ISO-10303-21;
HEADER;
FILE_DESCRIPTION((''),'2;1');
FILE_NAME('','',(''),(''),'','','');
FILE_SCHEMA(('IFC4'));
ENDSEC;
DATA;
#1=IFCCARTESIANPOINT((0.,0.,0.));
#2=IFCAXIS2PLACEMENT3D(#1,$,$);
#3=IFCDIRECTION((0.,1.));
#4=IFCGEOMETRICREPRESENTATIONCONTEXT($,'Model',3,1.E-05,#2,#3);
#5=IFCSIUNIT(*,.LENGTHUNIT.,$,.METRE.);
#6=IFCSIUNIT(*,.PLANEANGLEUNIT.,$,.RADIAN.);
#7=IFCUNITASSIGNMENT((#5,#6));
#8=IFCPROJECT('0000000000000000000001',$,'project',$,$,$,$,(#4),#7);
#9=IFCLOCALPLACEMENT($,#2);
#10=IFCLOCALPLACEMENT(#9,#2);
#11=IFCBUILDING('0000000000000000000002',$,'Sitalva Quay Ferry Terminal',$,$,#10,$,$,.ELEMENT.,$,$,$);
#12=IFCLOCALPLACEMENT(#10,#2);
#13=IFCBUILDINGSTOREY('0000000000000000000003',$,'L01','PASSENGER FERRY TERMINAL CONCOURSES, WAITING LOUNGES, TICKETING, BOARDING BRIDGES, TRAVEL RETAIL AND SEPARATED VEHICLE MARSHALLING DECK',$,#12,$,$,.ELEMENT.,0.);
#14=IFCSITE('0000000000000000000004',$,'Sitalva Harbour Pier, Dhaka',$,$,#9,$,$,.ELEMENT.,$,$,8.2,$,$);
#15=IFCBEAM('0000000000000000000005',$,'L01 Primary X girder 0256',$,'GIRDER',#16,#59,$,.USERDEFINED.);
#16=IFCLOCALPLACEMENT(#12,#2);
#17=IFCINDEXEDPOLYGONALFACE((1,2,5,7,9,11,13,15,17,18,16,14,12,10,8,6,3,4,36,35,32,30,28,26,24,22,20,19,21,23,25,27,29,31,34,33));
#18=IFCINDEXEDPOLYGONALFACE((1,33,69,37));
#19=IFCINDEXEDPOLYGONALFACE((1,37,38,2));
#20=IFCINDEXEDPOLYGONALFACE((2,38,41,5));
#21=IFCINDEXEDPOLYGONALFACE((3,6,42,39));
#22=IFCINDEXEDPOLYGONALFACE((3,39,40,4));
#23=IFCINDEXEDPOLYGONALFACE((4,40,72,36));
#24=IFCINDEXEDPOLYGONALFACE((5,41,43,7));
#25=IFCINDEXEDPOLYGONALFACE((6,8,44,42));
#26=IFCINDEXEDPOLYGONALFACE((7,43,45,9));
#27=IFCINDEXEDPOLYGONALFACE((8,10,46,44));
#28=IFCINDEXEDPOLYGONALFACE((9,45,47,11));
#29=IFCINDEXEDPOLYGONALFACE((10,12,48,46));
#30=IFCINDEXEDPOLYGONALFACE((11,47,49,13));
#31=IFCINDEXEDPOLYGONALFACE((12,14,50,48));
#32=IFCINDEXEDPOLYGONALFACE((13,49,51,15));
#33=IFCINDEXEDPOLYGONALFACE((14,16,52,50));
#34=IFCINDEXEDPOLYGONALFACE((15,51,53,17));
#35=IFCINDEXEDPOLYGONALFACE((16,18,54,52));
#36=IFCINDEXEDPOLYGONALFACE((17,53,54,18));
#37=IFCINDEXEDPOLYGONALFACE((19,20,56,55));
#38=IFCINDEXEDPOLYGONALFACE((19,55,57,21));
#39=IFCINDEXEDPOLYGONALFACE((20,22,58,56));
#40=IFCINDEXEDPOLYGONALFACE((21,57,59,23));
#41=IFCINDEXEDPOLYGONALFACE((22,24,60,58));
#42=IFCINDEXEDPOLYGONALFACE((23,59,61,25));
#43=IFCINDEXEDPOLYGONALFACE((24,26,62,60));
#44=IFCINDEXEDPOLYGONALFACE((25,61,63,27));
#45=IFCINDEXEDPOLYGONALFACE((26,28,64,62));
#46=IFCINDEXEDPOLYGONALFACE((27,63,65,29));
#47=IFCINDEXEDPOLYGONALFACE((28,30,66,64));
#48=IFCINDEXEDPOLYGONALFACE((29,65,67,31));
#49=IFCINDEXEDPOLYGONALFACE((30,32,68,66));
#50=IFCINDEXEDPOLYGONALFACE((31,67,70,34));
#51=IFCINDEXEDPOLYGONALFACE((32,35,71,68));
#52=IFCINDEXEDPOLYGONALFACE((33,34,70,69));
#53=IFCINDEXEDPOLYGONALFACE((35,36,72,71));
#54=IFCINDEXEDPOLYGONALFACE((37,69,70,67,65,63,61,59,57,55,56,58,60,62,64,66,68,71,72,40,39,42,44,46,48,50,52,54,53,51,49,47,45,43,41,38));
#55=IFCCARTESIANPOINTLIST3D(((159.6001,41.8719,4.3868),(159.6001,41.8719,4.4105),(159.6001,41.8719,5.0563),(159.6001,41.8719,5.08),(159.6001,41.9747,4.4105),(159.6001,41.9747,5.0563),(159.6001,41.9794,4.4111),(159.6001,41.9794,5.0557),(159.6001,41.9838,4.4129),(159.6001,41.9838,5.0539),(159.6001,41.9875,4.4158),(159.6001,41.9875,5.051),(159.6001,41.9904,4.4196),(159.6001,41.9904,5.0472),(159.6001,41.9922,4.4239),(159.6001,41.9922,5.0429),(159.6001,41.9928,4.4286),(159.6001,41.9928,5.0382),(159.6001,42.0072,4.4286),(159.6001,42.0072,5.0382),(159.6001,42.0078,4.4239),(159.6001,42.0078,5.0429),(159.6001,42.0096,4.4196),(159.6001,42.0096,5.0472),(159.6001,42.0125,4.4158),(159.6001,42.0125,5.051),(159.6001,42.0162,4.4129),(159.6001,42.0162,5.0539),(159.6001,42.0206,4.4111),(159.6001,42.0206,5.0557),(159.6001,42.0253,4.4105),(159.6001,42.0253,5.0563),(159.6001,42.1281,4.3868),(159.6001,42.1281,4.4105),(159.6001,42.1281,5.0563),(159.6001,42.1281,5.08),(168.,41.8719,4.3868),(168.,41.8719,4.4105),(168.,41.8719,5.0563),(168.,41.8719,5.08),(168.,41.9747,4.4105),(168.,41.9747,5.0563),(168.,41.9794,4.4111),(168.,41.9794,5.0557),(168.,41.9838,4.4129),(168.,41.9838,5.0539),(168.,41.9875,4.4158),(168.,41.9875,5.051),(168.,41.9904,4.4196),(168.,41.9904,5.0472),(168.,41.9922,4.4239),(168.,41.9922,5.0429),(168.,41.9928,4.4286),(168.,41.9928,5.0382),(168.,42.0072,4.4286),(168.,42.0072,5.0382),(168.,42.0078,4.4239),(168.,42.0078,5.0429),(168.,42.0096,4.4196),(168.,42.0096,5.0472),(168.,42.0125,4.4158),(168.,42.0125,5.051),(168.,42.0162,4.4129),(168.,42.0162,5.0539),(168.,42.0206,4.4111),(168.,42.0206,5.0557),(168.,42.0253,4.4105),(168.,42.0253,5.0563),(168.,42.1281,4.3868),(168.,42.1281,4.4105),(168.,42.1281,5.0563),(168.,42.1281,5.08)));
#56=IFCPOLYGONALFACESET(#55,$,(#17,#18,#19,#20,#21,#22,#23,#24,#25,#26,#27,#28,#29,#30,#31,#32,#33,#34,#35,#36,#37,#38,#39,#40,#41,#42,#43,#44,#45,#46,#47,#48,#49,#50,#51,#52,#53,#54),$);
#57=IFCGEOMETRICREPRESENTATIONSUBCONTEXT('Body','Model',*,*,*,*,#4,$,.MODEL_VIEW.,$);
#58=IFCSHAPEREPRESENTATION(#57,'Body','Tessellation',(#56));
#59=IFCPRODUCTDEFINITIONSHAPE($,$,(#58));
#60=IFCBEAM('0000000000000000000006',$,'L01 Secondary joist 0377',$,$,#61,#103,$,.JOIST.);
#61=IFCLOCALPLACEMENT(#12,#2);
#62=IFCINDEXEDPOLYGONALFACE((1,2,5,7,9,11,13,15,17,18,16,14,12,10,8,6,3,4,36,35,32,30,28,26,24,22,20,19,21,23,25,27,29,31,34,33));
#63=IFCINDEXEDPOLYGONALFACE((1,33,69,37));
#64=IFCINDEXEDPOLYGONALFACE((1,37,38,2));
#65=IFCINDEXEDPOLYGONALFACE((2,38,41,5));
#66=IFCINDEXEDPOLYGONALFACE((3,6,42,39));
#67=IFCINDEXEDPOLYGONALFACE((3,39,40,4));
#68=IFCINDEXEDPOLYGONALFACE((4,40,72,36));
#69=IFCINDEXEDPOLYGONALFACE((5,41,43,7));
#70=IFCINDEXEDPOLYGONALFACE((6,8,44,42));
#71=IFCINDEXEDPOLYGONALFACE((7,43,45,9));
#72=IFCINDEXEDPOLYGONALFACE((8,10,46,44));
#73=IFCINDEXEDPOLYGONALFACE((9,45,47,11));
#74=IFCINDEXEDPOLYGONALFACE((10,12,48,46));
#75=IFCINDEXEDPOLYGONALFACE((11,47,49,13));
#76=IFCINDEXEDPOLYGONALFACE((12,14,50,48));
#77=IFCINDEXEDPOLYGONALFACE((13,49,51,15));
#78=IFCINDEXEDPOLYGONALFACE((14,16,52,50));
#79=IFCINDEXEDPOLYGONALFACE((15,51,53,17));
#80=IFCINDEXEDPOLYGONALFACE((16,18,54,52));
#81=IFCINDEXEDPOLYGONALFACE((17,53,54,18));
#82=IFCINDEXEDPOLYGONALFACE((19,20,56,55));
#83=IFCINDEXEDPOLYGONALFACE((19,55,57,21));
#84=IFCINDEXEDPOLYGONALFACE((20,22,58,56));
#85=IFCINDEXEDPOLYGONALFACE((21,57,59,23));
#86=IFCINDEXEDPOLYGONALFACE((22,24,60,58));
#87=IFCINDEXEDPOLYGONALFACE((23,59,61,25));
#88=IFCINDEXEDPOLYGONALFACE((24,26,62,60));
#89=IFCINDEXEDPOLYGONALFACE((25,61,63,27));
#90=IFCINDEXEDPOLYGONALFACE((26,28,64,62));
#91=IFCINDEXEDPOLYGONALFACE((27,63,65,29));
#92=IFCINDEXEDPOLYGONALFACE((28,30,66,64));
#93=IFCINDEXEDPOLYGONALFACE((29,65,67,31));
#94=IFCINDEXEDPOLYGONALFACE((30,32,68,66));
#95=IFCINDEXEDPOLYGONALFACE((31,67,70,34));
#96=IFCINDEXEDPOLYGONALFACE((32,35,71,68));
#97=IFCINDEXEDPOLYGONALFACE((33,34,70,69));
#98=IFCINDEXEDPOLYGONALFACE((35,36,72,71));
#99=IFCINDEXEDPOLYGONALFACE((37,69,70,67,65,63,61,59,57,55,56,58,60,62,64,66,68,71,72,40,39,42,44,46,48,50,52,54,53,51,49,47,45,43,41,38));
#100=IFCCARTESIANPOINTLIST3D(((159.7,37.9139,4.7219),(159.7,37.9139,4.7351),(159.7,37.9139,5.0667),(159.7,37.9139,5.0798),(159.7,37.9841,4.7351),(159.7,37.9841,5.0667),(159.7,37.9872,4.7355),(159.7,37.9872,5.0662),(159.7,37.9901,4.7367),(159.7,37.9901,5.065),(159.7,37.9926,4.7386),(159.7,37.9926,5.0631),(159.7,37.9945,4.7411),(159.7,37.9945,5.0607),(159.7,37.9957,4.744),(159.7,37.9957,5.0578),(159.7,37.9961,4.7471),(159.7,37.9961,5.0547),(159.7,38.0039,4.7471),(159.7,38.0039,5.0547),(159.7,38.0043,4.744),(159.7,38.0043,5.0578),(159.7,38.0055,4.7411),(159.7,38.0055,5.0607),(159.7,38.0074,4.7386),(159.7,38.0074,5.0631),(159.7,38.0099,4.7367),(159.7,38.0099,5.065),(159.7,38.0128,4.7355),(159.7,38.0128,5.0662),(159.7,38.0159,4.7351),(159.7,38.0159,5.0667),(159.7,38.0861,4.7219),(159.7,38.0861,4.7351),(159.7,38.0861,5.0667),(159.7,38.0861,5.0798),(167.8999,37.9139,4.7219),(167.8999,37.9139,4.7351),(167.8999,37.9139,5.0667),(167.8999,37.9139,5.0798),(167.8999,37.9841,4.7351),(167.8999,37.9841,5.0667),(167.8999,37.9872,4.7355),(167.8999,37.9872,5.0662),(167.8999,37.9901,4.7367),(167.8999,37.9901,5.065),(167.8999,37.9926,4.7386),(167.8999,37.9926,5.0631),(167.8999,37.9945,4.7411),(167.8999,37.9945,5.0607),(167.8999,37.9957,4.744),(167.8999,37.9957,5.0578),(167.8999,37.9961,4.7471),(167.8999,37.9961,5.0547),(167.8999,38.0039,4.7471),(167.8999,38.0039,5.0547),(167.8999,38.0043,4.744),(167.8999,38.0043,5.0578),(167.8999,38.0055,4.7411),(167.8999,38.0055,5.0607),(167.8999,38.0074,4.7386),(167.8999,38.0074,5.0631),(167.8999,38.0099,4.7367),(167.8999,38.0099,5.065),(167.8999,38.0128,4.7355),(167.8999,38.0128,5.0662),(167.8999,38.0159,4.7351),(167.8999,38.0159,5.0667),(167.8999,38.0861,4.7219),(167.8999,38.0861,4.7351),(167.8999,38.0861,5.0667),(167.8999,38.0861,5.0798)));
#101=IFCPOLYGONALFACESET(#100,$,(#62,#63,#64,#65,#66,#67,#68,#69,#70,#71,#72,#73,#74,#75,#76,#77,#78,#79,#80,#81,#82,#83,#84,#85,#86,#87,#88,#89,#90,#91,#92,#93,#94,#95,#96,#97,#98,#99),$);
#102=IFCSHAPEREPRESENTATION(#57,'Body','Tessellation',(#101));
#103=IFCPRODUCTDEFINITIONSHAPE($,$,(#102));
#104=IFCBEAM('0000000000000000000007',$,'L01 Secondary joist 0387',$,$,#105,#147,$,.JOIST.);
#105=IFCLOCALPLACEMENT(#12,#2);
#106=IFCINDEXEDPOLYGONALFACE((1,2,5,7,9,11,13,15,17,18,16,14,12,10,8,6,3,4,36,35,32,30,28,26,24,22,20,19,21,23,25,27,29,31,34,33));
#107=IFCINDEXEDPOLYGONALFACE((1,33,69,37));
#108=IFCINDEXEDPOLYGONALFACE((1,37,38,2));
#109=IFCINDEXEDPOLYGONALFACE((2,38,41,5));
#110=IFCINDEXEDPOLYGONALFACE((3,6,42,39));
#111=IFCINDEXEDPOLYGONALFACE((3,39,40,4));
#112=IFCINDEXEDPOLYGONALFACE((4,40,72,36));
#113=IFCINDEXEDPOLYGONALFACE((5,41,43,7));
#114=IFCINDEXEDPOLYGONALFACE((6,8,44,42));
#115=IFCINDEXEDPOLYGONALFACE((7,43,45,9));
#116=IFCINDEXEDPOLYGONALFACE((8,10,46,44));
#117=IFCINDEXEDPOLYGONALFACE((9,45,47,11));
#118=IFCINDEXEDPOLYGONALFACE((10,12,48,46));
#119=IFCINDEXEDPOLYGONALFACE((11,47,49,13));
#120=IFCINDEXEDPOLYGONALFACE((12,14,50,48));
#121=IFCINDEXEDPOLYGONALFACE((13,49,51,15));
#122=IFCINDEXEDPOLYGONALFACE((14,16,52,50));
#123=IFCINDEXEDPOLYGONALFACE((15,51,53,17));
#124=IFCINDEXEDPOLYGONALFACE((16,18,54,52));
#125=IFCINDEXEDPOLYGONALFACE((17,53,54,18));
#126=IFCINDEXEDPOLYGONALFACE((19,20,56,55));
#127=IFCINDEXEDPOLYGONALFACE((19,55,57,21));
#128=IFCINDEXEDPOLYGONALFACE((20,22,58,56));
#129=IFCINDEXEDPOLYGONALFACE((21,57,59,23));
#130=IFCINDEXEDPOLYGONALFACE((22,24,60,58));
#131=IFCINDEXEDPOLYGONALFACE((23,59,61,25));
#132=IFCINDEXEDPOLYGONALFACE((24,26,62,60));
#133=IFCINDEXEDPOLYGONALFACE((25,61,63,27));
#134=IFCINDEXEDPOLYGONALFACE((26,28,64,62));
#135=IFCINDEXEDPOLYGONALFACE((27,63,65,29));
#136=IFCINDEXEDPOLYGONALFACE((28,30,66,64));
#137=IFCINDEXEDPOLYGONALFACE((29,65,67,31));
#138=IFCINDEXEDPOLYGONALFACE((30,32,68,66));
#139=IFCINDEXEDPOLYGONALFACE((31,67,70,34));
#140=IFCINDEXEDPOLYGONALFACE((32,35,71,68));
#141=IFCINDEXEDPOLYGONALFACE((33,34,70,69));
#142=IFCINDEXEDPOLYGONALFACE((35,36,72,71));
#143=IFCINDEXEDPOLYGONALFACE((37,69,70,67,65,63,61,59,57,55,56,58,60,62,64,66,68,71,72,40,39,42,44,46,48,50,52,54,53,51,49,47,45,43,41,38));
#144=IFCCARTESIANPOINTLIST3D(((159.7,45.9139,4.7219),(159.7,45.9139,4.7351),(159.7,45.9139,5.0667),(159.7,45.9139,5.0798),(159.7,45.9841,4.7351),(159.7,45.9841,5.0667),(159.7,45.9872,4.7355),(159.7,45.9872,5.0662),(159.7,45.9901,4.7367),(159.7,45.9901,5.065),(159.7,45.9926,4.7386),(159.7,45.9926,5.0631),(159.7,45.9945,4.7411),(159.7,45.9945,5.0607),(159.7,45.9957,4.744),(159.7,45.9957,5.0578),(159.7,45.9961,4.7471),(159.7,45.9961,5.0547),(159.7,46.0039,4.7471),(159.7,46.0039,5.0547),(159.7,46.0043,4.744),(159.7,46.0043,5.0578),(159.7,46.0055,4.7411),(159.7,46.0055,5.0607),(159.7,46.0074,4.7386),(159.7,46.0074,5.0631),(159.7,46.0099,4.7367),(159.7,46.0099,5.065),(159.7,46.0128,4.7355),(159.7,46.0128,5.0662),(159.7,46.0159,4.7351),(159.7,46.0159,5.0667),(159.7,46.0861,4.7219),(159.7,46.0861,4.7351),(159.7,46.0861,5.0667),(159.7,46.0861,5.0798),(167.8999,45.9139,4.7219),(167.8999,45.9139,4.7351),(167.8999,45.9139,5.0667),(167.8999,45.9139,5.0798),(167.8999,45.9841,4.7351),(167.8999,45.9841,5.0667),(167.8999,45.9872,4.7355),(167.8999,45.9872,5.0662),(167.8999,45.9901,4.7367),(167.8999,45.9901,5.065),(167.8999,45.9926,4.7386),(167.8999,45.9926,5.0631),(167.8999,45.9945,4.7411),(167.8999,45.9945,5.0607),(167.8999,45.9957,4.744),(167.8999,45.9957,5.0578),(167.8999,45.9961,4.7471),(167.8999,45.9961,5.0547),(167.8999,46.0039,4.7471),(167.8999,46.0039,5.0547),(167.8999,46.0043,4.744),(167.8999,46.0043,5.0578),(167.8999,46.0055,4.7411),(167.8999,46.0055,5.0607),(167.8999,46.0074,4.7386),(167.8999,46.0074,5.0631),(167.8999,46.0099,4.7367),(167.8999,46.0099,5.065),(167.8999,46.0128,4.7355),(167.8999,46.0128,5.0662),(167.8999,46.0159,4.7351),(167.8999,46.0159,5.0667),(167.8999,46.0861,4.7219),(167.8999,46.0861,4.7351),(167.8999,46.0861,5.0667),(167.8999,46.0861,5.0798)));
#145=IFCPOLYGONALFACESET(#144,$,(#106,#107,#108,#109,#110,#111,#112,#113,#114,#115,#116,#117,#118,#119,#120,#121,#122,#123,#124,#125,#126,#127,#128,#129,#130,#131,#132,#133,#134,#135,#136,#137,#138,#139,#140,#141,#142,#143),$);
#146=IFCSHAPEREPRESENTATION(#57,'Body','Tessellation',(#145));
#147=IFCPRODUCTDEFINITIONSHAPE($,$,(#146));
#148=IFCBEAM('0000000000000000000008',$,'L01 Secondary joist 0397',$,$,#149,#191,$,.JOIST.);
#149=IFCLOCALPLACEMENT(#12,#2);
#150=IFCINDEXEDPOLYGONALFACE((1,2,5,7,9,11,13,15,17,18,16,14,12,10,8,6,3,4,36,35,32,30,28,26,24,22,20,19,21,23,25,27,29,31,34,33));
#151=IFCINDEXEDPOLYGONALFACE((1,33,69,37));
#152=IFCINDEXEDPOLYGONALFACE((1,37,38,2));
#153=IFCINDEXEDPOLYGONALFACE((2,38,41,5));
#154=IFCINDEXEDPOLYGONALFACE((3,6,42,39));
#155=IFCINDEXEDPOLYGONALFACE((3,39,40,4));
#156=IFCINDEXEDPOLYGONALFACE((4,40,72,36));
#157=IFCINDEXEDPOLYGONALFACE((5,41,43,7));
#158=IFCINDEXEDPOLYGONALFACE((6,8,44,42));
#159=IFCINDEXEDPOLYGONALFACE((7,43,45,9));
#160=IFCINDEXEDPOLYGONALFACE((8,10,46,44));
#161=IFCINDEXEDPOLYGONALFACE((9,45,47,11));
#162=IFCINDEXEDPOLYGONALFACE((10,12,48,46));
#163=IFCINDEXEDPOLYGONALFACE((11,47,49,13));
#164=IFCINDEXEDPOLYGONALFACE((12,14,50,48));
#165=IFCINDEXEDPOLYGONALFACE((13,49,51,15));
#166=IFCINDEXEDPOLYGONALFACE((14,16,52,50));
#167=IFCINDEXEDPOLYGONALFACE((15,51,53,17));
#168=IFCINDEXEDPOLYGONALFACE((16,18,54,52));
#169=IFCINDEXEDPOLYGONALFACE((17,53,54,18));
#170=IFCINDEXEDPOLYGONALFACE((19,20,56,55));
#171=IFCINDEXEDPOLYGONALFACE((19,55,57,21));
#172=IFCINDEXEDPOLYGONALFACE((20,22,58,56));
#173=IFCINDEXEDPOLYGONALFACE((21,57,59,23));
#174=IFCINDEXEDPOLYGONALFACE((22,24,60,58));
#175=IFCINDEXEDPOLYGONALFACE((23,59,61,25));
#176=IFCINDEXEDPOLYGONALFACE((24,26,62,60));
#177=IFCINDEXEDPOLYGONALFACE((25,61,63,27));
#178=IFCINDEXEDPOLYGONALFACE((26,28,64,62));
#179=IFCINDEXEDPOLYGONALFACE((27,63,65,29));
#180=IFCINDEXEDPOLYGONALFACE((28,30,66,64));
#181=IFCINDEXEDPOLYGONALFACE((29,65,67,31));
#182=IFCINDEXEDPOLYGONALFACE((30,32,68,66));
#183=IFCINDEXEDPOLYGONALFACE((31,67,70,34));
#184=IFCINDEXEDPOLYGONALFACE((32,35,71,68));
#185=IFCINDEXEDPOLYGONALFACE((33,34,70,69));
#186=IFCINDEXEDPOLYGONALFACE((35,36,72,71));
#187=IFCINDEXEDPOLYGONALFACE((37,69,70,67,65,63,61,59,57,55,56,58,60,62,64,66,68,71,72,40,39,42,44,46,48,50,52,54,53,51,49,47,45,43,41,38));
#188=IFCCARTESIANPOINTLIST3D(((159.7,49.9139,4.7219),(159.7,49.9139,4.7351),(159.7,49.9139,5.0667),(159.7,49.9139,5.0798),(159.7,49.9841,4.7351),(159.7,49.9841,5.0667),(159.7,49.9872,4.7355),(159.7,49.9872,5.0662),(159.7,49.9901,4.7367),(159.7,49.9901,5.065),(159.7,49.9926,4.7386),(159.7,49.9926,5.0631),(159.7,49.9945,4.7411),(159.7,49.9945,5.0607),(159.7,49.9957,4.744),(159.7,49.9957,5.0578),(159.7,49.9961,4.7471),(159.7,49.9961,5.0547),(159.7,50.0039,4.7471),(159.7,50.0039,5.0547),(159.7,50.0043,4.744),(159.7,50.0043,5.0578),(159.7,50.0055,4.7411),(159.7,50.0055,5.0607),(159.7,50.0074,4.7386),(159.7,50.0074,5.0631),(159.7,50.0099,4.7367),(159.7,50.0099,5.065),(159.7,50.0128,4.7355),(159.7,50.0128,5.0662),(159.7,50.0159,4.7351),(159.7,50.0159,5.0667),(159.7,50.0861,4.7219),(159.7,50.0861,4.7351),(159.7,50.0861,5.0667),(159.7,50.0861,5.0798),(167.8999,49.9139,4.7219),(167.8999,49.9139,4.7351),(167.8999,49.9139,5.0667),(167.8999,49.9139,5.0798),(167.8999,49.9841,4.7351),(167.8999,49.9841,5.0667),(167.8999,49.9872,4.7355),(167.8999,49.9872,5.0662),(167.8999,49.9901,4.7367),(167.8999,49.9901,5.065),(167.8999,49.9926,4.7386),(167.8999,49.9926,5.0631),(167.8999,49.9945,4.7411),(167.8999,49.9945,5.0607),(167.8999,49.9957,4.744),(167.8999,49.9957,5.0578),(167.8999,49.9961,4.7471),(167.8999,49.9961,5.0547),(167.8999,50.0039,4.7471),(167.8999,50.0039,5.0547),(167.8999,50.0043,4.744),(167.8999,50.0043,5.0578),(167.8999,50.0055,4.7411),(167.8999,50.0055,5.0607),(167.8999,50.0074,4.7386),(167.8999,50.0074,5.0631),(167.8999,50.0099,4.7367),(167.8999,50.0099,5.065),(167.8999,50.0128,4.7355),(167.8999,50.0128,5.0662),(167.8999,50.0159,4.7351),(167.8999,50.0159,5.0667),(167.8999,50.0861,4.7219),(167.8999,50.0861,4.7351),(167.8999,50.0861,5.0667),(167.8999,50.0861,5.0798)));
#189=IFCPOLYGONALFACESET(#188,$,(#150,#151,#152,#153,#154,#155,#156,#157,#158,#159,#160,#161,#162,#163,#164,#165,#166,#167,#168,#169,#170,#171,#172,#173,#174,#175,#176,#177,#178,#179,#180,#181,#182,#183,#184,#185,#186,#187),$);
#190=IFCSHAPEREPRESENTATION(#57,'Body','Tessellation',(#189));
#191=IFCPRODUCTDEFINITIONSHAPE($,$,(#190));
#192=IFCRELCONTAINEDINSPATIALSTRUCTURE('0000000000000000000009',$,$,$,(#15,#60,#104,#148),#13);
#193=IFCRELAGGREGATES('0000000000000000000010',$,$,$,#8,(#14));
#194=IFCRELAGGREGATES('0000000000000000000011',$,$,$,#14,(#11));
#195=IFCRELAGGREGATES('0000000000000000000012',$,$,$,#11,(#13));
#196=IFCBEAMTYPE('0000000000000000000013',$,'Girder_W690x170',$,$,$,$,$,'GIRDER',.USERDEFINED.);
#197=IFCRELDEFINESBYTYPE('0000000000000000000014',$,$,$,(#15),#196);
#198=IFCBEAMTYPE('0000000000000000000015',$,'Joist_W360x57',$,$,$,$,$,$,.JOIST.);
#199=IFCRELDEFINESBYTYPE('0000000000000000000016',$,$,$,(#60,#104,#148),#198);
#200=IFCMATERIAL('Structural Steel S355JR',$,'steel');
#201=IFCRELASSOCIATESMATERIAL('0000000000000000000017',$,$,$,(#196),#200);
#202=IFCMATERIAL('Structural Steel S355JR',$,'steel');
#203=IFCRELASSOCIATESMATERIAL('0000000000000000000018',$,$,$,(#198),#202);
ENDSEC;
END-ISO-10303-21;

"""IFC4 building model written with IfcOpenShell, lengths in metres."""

from ifc_helpers import new_model, si_unit, direction, frame, origin, origin_2d, place, context, subcontext, project, spatial, i_section, extrude, material, material_profile, profile_set, type_object, element, save


model = new_model("IFC4")

# Units and contexts
model_context = context("Model", 3, precision=1e-05, world=origin(), true_north=direction((0.0, 1.0)))
body_context = subcontext(model_context, "Body", "Model", "MODEL_VIEW")
ifc_project = project(units=[si_unit("LENGTHUNIT", "METRE"), si_unit("PLANEANGLEUNIT", "RADIAN")], contexts=[model_context])

# Site, building, storey
site_placement = place(None, origin())
site = spatial("IfcSite", under=ifc_project, at=site_placement, Name="Sitalva Harbour Pier, Dhaka", CompositionType="ELEMENT", RefElevation=8.2)
building_placement = place(site_placement, origin())
building = spatial("IfcBuilding", under=site, at=building_placement, Name="Sitalva Quay Ferry Terminal", CompositionType="ELEMENT")
storey_placement = place(building_placement, origin())
storey = spatial("IfcBuildingStorey", under=building, at=storey_placement, Name="L01", Description="PASSENGER FERRY TERMINAL CONCOURSES, WAITING LOUNGES, TICKETING, BOARDING BRIDGES, TRAVEL RETAIL AND SEPARATED VEHICLE MARSHALLING DECK", CompositionType="ELEMENT", Elevation=0.0)

# Beams
ifc_material_1 = material(Name="Structural Steel S355JR", Category="steel")
ifc_material_profile_1 = material_profile(ifc_material_1, i_section(OverallWidth=0.2561, OverallDepth=0.6931, WebThickness=0.0144, FlangeThickness=0.0237, FilletRadius=0.0181, at=origin_2d()), Name="W690x170")
ifc_profile_set_1 = profile_set([ifc_material_profile_1], Name="Structural Steel S355JR")
beam_type_1 = type_object("IfcBeamType", Name="Girder_W690x170", ElementType="GIRDER", PredefinedType="USERDEFINED", material=ifc_profile_set_1)
beam_1_placement = place(storey_placement, frame((159.6001, 42.0, 4.7334), z_axis=(1.0, 0.0, 0.0), x_axis=(0.0, 1.0, 0.0)))
element("IfcBeam", 1, at=beam_1_placement, inside=storey, type_object=beam_type_1, Name="L01 Primary X girder 0256", ObjectType="GIRDER", PredefinedType="USERDEFINED", context=body_context, shape_type="SweptSolid", body=[
    extrude(i_section(OverallWidth=0.2561, OverallDepth=0.6931, WebThickness=0.0144, FlangeThickness=0.0237, FilletRadius=0.0181, at=origin_2d()), origin(), (0.0, 0.0, 1.0), 8.3999),
])
ifc_material_2 = material(Name="Structural Steel S355JR", Category="steel")
ifc_material_profile_2 = material_profile(ifc_material_2, i_section(OverallWidth=0.1721, OverallDepth=0.3579, WebThickness=0.0078, FlangeThickness=0.0132, FilletRadius=0.012, at=origin_2d()), Name="W360x57")
ifc_profile_set_2 = profile_set([ifc_material_profile_2], Name="Structural Steel S355JR")
beam_type_2 = type_object("IfcBeamType", Name="Joist_W360x57", PredefinedType="JOIST", material=ifc_profile_set_2)
for number, where, z_axis, x_axis, name in (
    (2, (159.7, 38.0, 4.9009), (1.0, 0.0, 0.0), (0.0, 1.0, 0.0), "L01 Secondary joist 0377"),
    (3, (159.7, 46.0, 4.9009), (1.0, 0.0, 0.0), (0.0, 1.0, 0.0), "L01 Secondary joist 0387"),
    (4, (159.7, 50.0, 4.9009), (1.0, 0.0, 0.0), (0.0, 1.0, 0.0), "L01 Secondary joist 0397"),
):
    element("IfcBeam", number, at=place(storey_placement, frame(where, z_axis=z_axis, x_axis=x_axis)), inside=storey, type_object=beam_type_2, Name=name, PredefinedType="JOIST", context=body_context, shape_type="SweptSolid", body=[
        extrude(i_section(OverallWidth=0.1721, OverallDepth=0.3579, WebThickness=0.0078, FlangeThickness=0.0132, FilletRadius=0.012, at=origin_2d()), origin(), (0.0, 0.0, 1.0), 8.2),
    ])

save(model, "model.ifc")
